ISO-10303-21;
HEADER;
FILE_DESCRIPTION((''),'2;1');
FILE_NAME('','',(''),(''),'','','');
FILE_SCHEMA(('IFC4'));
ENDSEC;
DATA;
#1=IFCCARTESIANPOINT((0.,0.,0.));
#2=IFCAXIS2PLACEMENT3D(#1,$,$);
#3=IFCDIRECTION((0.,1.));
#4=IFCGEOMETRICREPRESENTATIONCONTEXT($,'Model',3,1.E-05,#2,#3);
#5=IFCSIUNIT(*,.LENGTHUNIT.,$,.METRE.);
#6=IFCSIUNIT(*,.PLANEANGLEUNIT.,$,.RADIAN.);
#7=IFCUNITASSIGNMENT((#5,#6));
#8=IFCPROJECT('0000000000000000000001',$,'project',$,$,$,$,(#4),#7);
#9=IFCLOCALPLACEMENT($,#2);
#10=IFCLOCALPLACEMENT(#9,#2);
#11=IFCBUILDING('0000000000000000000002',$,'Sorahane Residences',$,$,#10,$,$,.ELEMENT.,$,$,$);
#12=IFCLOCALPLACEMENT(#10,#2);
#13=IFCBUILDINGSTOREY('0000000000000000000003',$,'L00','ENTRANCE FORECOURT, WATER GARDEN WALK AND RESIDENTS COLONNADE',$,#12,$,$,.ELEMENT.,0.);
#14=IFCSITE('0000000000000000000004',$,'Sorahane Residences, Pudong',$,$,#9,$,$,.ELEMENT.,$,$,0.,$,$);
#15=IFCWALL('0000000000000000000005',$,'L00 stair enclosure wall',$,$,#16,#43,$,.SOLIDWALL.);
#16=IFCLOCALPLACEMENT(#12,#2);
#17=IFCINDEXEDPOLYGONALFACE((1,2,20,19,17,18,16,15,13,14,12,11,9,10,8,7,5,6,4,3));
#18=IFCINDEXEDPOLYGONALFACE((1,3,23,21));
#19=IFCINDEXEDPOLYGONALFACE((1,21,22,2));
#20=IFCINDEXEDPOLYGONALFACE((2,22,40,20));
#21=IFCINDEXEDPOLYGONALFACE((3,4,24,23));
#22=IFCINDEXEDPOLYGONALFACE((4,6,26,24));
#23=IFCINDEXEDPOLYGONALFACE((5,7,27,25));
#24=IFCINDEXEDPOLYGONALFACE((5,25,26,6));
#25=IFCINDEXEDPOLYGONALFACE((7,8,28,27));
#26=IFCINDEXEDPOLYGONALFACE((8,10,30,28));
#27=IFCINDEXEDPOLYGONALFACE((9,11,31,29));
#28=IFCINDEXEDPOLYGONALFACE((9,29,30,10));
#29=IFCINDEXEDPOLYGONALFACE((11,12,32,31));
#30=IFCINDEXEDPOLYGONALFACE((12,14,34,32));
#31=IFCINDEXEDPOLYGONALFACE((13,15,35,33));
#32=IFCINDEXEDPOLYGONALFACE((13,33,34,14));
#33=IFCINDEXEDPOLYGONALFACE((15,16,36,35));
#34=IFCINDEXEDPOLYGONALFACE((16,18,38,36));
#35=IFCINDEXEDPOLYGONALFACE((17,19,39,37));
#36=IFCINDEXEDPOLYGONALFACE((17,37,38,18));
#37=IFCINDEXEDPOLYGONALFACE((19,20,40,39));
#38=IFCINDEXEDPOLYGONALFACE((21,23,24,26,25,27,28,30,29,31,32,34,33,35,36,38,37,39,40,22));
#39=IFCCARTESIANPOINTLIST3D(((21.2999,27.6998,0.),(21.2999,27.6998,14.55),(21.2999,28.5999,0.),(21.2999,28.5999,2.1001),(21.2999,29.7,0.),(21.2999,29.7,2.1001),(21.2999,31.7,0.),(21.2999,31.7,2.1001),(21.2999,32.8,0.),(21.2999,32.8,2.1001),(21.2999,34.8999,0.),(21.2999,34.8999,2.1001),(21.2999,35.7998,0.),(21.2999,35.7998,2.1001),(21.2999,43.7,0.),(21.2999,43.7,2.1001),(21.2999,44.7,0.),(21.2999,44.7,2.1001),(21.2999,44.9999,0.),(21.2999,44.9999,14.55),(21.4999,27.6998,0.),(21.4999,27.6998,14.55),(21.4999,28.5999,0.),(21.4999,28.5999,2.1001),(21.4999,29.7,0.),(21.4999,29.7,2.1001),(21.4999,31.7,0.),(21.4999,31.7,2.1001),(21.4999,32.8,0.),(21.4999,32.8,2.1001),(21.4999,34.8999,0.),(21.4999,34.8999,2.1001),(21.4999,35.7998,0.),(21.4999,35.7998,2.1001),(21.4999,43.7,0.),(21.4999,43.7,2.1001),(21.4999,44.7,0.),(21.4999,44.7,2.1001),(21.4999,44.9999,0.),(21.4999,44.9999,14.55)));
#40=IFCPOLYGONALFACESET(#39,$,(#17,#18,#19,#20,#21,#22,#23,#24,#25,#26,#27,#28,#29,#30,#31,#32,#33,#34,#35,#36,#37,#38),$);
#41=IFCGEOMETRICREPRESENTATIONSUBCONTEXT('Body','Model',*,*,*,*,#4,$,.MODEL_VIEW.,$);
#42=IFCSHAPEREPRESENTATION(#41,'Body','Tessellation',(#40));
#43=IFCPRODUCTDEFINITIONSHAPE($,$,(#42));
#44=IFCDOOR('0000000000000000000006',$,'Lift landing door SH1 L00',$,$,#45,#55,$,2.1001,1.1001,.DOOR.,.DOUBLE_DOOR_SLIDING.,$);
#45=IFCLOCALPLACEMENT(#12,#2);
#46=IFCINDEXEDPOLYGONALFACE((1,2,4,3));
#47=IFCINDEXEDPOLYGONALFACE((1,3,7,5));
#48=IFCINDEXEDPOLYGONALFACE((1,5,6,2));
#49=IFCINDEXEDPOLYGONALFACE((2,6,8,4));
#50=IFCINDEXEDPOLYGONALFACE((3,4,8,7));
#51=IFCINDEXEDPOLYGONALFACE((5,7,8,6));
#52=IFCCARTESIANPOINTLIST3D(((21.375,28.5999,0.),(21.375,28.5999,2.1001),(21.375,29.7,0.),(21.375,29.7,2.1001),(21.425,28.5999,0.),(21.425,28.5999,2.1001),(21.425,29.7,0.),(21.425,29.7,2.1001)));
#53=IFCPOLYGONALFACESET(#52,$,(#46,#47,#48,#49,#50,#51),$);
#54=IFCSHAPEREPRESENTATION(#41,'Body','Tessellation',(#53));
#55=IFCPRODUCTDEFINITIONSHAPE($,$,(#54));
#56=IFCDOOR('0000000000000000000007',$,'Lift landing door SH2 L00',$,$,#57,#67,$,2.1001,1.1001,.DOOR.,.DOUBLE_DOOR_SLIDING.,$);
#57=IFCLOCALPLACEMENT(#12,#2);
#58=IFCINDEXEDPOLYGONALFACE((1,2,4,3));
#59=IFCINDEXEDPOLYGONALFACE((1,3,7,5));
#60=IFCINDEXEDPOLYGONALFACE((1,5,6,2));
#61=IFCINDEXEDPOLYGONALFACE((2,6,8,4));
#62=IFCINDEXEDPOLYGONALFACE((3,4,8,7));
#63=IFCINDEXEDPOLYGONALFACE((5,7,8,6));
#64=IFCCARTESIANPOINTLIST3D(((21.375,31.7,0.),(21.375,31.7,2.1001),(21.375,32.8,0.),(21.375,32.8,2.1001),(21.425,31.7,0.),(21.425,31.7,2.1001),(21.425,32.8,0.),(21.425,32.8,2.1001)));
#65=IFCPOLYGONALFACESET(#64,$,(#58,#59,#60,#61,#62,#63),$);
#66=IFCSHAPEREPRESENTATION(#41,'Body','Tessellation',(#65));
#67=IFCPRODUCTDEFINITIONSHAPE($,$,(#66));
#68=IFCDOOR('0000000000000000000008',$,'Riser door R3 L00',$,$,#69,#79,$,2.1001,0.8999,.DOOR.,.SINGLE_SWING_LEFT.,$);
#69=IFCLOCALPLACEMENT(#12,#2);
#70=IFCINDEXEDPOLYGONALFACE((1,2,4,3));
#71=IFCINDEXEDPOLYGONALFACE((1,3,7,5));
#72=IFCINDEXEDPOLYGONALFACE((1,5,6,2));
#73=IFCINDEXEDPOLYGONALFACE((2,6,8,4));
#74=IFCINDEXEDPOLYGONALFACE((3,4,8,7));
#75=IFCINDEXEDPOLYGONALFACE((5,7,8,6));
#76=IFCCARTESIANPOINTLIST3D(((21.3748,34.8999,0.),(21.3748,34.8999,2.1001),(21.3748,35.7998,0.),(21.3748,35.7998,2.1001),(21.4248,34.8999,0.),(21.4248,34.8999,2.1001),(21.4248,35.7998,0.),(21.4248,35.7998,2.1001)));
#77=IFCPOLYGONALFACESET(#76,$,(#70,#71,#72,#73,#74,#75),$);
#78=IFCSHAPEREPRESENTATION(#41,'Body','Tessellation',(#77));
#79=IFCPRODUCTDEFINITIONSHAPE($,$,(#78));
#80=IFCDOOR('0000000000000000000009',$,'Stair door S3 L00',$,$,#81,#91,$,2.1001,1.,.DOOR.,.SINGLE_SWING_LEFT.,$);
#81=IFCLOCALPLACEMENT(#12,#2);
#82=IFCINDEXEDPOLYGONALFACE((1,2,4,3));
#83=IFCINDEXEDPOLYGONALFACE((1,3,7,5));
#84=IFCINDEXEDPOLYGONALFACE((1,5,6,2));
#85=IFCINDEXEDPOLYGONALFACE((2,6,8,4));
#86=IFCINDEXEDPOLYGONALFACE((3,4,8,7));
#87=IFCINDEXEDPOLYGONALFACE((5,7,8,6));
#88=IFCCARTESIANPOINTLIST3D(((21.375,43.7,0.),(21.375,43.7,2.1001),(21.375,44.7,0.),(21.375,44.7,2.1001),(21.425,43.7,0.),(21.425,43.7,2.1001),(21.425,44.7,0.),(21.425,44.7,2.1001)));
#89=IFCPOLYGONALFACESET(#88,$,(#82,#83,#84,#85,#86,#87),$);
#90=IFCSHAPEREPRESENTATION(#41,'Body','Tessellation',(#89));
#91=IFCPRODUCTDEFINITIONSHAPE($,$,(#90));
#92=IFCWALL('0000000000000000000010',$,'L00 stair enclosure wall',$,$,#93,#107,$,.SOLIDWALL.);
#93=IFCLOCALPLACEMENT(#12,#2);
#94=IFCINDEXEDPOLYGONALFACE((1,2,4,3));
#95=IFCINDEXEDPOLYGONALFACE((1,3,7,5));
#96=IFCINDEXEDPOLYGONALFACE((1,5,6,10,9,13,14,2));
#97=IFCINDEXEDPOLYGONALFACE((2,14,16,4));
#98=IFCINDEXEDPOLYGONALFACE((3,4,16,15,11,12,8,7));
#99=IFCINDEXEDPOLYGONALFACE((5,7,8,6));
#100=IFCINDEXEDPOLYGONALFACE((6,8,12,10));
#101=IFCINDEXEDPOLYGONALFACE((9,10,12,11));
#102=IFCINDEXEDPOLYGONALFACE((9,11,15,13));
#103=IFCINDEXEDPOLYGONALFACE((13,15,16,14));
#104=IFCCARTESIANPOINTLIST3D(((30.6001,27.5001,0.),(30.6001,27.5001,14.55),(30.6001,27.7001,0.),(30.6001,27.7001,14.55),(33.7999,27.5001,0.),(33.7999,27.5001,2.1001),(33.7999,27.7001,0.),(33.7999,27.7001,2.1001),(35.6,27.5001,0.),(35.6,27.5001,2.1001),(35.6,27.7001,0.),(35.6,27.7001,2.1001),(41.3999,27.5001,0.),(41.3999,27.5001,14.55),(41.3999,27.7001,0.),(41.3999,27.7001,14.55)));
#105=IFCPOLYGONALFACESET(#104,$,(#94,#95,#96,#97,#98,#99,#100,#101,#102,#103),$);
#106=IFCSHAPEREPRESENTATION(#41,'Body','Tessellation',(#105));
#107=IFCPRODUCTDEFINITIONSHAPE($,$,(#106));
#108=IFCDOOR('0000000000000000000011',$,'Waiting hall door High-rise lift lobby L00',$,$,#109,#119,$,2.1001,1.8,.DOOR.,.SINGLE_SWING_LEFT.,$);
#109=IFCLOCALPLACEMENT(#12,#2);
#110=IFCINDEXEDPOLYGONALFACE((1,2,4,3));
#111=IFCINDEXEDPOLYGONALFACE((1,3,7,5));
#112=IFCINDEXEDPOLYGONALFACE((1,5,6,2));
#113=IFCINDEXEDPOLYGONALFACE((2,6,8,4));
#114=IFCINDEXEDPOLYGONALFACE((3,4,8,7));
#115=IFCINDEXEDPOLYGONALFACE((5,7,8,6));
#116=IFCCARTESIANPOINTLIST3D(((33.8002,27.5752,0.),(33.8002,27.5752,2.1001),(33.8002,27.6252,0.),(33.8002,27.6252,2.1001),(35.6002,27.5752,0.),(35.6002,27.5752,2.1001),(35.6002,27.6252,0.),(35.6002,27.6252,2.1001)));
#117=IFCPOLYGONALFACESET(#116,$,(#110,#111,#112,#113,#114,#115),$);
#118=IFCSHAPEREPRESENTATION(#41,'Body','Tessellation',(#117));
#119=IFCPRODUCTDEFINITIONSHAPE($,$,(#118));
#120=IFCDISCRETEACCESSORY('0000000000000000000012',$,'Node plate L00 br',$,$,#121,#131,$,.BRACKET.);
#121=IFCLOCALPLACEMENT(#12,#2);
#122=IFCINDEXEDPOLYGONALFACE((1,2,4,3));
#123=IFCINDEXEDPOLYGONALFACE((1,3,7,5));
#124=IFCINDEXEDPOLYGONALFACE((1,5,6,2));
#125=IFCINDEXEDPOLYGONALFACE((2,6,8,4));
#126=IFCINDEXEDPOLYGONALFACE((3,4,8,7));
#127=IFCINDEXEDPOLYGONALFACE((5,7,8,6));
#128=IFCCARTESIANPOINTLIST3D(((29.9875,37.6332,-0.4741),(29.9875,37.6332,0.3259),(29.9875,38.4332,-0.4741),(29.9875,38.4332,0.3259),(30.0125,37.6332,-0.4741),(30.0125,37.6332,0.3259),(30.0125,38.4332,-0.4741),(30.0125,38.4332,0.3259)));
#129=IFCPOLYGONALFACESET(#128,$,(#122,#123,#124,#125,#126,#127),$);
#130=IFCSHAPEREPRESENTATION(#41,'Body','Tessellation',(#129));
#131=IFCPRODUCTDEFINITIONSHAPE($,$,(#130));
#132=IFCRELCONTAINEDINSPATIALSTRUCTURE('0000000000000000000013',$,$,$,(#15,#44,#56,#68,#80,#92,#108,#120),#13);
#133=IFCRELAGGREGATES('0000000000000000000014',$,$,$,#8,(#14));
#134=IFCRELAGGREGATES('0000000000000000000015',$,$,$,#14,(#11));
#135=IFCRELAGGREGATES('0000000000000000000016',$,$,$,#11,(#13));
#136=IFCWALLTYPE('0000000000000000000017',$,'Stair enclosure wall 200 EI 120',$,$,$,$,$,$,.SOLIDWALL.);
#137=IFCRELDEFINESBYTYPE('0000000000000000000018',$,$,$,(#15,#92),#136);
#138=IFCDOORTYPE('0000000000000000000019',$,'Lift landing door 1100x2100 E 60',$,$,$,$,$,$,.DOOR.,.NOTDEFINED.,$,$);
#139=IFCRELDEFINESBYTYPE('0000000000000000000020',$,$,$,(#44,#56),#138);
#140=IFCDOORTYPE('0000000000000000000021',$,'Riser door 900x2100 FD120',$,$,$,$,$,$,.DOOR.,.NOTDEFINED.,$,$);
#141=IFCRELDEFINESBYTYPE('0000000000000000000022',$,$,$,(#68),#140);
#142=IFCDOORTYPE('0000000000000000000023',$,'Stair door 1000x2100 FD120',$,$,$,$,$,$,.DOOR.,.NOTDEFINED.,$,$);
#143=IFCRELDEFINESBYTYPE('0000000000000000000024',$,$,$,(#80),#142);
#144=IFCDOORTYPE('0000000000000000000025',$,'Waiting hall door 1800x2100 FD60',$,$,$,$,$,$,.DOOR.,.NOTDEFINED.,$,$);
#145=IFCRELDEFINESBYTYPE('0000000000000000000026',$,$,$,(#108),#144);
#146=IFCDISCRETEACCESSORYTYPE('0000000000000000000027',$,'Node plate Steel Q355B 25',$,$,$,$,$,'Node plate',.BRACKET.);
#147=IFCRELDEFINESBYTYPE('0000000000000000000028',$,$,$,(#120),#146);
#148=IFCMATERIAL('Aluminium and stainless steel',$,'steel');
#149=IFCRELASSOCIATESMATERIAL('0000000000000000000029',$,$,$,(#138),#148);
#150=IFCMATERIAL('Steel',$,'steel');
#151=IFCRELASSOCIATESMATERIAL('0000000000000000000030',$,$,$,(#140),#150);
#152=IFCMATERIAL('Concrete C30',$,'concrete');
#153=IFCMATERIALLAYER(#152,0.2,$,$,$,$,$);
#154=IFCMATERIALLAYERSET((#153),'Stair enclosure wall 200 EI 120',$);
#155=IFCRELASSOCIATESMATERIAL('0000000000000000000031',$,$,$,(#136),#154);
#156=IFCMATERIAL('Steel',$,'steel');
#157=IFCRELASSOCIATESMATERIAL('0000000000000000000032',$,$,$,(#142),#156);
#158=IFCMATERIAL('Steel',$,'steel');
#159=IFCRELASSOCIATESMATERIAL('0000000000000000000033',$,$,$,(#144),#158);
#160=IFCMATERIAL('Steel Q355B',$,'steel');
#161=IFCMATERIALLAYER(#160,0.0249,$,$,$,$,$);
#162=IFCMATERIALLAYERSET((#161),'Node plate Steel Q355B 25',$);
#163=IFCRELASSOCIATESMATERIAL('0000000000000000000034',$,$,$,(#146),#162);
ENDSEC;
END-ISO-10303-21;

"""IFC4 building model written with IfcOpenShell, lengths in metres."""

from ifc_helpers import new_model, si_unit, direction, frame, frame_2d, origin, origin_2d, place, context, subcontext, project, spatial, rectangle, extrude, material, layer, layer_set, type_object, element, fill, save


model = new_model("IFC4")

# Units and contexts
model_context = context("Model", 3, precision=1e-05, world=origin(), true_north=direction((0.0, 1.0)))
body_context = subcontext(model_context, "Body", "Model", "MODEL_VIEW")
ifc_project = project(units=[si_unit("LENGTHUNIT", "METRE"), si_unit("PLANEANGLEUNIT", "RADIAN")], contexts=[model_context])

# Site, building, storey
site_placement = place(None, origin())
site = spatial("IfcSite", under=ifc_project, at=site_placement, Name="Sorahane Residences, Pudong", CompositionType="ELEMENT", RefElevation=0.0)
building_placement = place(site_placement, origin())
building = spatial("IfcBuilding", under=site, at=building_placement, Name="Sorahane Residences", CompositionType="ELEMENT")
storey_placement = place(building_placement, origin())
storey = spatial("IfcBuildingStorey", under=building, at=storey_placement, Name="L00", Description="ENTRANCE FORECOURT, WATER GARDEN WALK AND RESIDENTS COLONNADE", CompositionType="ELEMENT", Elevation=0.0)

# Shared definitions
ifc_material_1 = material(Name="Aluminium and stainless steel", Category="steel")
door_type_1 = type_object("IfcDoorType", Name="Lift landing door 1100x2100 E 60", OperationType="NOTDEFINED", PredefinedType="DOOR", material=ifc_material_1)
ifc_material_2 = material(Name="Steel", Category="steel")
door_type_2 = type_object("IfcDoorType", Name="Riser door 900x2100 FD120", OperationType="NOTDEFINED", PredefinedType="DOOR", material=ifc_material_2)

# Wall, openings, doors
ifc_material_3 = material(Name="Concrete C30", Category="concrete")
ifc_layer_1 = layer(ifc_material_3, 0.2)
ifc_layer_set_1 = layer_set([ifc_layer_1], Name="Stair enclosure wall 200 EI 120")
wall_type_1 = type_object("IfcWallType", Name="Stair enclosure wall 200 EI 120", PredefinedType="SOLIDWALL", material=ifc_layer_set_1)
wall_1_placement = place(storey_placement, frame((21.3999, 27.7, 0.0), z_axis=(0.0, 0.0, 1.0), x_axis=(0.0, 1.0, 0.0)))
wall_1 = element("IfcWall", 1, at=wall_1_placement, inside=storey, type_object=wall_type_1, Name="L00 stair enclosure wall", PredefinedType="SOLIDWALL", context=body_context, shape_type="SweptSolid", body=[
    extrude(rectangle(XDim=17.3, YDim=0.2, at=frame_2d((8.6499, 0.0))), origin(), (0.0, 0.0, 1.0), 14.55),
])
opening_1_placement = place(wall_1_placement, frame((0.8999, 0.0, 0.0)))
opening_1 = element("IfcOpeningElement", 2, at=opening_1_placement, cuts=wall_1, PredefinedType="OPENING", context=body_context, shape_type="SweptSolid", body=[
    extrude(rectangle(XDim=1.1001, YDim=2.1001, at=frame_2d((0.55, 1.05))), frame((0.0, 0.1099, 0.0), z_axis=(0.0, -1.0, 0.0), x_axis=(1.0, 0.0, 0.0)), (0.0, 0.0, 1.0), 0.22),
])
opening_2_placement = place(wall_1_placement, frame((4.0, 0.0, 0.0)))
opening_2 = element("IfcOpeningElement", 3, at=opening_2_placement, cuts=wall_1, PredefinedType="OPENING", context=body_context, shape_type="SweptSolid", body=[
    extrude(rectangle(XDim=1.1001, YDim=2.1001, at=frame_2d((0.55, 1.05))), frame((0.0, 0.1099, 0.0), z_axis=(0.0, -1.0, 0.0), x_axis=(1.0, 0.0, 0.0)), (0.0, 0.0, 1.0), 0.22),
])
opening_3_placement = place(wall_1_placement, frame((16.0, 0.0, 0.0)))
opening_3 = element("IfcOpeningElement", 4, at=opening_3_placement, cuts=wall_1, PredefinedType="OPENING", context=body_context, shape_type="SweptSolid", body=[
    extrude(rectangle(XDim=1.0, YDim=2.1001, at=frame_2d((0.5, 1.05))), frame((0.0, 0.1099, 0.0), z_axis=(0.0, -1.0, 0.0), x_axis=(1.0, 0.0, 0.0)), (0.0, 0.0, 1.0), 0.22),
])
opening_4_placement = place(wall_1_placement, frame((7.2, 0.0, 0.0)))
opening_4 = element("IfcOpeningElement", 5, at=opening_4_placement, cuts=wall_1, PredefinedType="OPENING", context=body_context, shape_type="SweptSolid", body=[
    extrude(rectangle(XDim=0.8999, YDim=2.1001, at=frame_2d((0.45, 1.05))), frame((0.0, 0.1099, 0.0), z_axis=(0.0, -1.0, 0.0), x_axis=(1.0, 0.0, 0.0)), (0.0, 0.0, 1.0), 0.22),
])
door_1_placement = place(opening_1_placement, origin())
door_1 = element("IfcDoor", 6, at=door_1_placement, inside=storey, type_object=door_type_1, Name="Lift landing door SH1 L00", OperationType="DOUBLE_DOOR_SLIDING", OverallHeight=2.1001, OverallWidth=1.1001, PredefinedType="DOOR", context=body_context, shape_type="SweptSolid", body=[
    extrude(rectangle(XDim=1.1001, YDim=2.1001, at=frame_2d((0.55, 1.05))), frame((0.0, 0.0249, 0.0), z_axis=(0.0, -1.0, 0.0), x_axis=(1.0, 0.0, 0.0)), (0.0, 0.0, 1.0), 0.05),
])
fill(opening_1, door_1)
door_2_placement = place(opening_2_placement, origin())
door_2 = element("IfcDoor", 7, at=door_2_placement, inside=storey, type_object=door_type_1, Name="Lift landing door SH2 L00", OperationType="DOUBLE_DOOR_SLIDING", OverallHeight=2.1001, OverallWidth=1.1001, PredefinedType="DOOR", context=body_context, shape_type="SweptSolid", body=[
    extrude(rectangle(XDim=1.1001, YDim=2.1001, at=frame_2d((0.55, 1.05))), frame((0.0, 0.0249, 0.0), z_axis=(0.0, -1.0, 0.0), x_axis=(1.0, 0.0, 0.0)), (0.0, 0.0, 1.0), 0.05),
])
fill(opening_2, door_2)
door_3_placement = place(opening_4_placement, frame((0.8999, 0.0, 0.0), z_axis=(0.0, 0.0, 1.0), x_axis=(-1.0, 0.0, 0.0)))
door_3 = element("IfcDoor", 8, at=door_3_placement, inside=storey, type_object=door_type_2, Name="Riser door R3 L00", OperationType="SINGLE_SWING_LEFT", OverallHeight=2.1001, OverallWidth=0.8999, PredefinedType="DOOR", context=body_context, shape_type="SweptSolid", body=[
    extrude(rectangle(XDim=0.8999, YDim=2.1001, at=frame_2d((0.45, 1.05))), frame((0.0, 0.0249, 0.0), z_axis=(0.0, -1.0, 0.0), x_axis=(1.0, 0.0, 0.0)), (0.0, 0.0, 1.0), 0.05),
])
fill(opening_4, door_3)
ifc_material_4 = material(Name="Steel", Category="steel")
door_type_3 = type_object("IfcDoorType", Name="Stair door 1000x2100 FD120", OperationType="NOTDEFINED", PredefinedType="DOOR", material=ifc_material_4)
door_4_placement = place(opening_3_placement, origin())
door_4 = element("IfcDoor", 9, at=door_4_placement, inside=storey, type_object=door_type_3, Name="Stair door S3 L00", OperationType="SINGLE_SWING_LEFT", OverallHeight=2.1001, OverallWidth=1.0, PredefinedType="DOOR", context=body_context, shape_type="SweptSolid", body=[
    extrude(rectangle(XDim=1.0, YDim=2.1001, at=frame_2d((0.5, 1.05))), frame((0.0, 0.0249, 0.0), z_axis=(0.0, -1.0, 0.0), x_axis=(1.0, 0.0, 0.0)), (0.0, 0.0, 1.0), 0.05),
])
fill(opening_3, door_4)

# Wall, opening, door
wall_2_placement = place(storey_placement, frame((30.6001, 27.6001, 0.0), z_axis=(0.0, 0.0, 1.0), x_axis=(1.0, 0.0, 0.0)))
wall_2 = element("IfcWall", 10, at=wall_2_placement, inside=storey, type_object=wall_type_1, Name="L00 stair enclosure wall", PredefinedType="SOLIDWALL", context=body_context, shape_type="SweptSolid", body=[
    extrude(rectangle(XDim=10.7998, YDim=0.2, at=frame_2d((5.3999, 0.0))), origin(), (0.0, 0.0, 1.0), 14.55),
])
opening_5_placement = place(wall_2_placement, frame((3.2, 0.0, 0.0)))
opening_5 = element("IfcOpeningElement", 11, at=opening_5_placement, cuts=wall_2, PredefinedType="OPENING", context=body_context, shape_type="SweptSolid", body=[
    extrude(rectangle(XDim=1.8, YDim=2.1001, at=frame_2d((0.8999, 1.05))), frame((0.0, 0.1099, 0.0), z_axis=(0.0, -1.0, 0.0), x_axis=(1.0, 0.0, 0.0)), (0.0, 0.0, 1.0), 0.22),
])
ifc_material_5 = material(Name="Steel", Category="steel")
door_type_4 = type_object("IfcDoorType", Name="Waiting hall door 1800x2100 FD60", OperationType="NOTDEFINED", PredefinedType="DOOR", material=ifc_material_5)
door_5_placement = place(opening_5_placement, frame((1.8, 0.0, 0.0), z_axis=(0.0, 0.0, 1.0), x_axis=(-1.0, 0.0, 0.0)))
door_5 = element("IfcDoor", 12, at=door_5_placement, inside=storey, type_object=door_type_4, Name="Waiting hall door High-rise lift lobby L00", OperationType="SINGLE_SWING_LEFT", OverallHeight=2.1001, OverallWidth=1.8, PredefinedType="DOOR", context=body_context, shape_type="SweptSolid", body=[
    extrude(rectangle(XDim=1.8, YDim=2.1001, at=frame_2d((0.8999, 1.05))), frame((0.0, 0.0249, 0.0), z_axis=(0.0, -1.0, 0.0), x_axis=(1.0, 0.0, 0.0)), (0.0, 0.0, 1.0), 0.05),
])
fill(opening_5, door_5)

# Discrete accessory
ifc_material_6 = material(Name="Steel Q355B", Category="steel")
ifc_layer_2 = layer(ifc_material_6, 0.0249)
ifc_layer_set_2 = layer_set([ifc_layer_2], Name="Node plate Steel Q355B 25")
discrete_accessory_type = type_object("IfcDiscreteAccessoryType", Name="Node plate Steel Q355B 25", ElementType="Node plate", PredefinedType="BRACKET", material=ifc_layer_set_2)
discrete_accessory_placement = place(storey_placement, frame((30.0, 38.0332, -0.4741), z_axis=(0.0, 0.0, 1.0), x_axis=(0.0, 1.0, 0.0)))
element("IfcDiscreteAccessory", 13, at=discrete_accessory_placement, inside=storey, type_object=discrete_accessory_type, Name="Node plate L00 br", PredefinedType="BRACKET", context=body_context, shape_type="SweptSolid", body=[
    extrude(rectangle(XDim=0.8, YDim=0.0249, at=origin_2d()), origin(), (0.0, 0.0, 1.0), 0.8),
])

save(model, "model.ifc")
